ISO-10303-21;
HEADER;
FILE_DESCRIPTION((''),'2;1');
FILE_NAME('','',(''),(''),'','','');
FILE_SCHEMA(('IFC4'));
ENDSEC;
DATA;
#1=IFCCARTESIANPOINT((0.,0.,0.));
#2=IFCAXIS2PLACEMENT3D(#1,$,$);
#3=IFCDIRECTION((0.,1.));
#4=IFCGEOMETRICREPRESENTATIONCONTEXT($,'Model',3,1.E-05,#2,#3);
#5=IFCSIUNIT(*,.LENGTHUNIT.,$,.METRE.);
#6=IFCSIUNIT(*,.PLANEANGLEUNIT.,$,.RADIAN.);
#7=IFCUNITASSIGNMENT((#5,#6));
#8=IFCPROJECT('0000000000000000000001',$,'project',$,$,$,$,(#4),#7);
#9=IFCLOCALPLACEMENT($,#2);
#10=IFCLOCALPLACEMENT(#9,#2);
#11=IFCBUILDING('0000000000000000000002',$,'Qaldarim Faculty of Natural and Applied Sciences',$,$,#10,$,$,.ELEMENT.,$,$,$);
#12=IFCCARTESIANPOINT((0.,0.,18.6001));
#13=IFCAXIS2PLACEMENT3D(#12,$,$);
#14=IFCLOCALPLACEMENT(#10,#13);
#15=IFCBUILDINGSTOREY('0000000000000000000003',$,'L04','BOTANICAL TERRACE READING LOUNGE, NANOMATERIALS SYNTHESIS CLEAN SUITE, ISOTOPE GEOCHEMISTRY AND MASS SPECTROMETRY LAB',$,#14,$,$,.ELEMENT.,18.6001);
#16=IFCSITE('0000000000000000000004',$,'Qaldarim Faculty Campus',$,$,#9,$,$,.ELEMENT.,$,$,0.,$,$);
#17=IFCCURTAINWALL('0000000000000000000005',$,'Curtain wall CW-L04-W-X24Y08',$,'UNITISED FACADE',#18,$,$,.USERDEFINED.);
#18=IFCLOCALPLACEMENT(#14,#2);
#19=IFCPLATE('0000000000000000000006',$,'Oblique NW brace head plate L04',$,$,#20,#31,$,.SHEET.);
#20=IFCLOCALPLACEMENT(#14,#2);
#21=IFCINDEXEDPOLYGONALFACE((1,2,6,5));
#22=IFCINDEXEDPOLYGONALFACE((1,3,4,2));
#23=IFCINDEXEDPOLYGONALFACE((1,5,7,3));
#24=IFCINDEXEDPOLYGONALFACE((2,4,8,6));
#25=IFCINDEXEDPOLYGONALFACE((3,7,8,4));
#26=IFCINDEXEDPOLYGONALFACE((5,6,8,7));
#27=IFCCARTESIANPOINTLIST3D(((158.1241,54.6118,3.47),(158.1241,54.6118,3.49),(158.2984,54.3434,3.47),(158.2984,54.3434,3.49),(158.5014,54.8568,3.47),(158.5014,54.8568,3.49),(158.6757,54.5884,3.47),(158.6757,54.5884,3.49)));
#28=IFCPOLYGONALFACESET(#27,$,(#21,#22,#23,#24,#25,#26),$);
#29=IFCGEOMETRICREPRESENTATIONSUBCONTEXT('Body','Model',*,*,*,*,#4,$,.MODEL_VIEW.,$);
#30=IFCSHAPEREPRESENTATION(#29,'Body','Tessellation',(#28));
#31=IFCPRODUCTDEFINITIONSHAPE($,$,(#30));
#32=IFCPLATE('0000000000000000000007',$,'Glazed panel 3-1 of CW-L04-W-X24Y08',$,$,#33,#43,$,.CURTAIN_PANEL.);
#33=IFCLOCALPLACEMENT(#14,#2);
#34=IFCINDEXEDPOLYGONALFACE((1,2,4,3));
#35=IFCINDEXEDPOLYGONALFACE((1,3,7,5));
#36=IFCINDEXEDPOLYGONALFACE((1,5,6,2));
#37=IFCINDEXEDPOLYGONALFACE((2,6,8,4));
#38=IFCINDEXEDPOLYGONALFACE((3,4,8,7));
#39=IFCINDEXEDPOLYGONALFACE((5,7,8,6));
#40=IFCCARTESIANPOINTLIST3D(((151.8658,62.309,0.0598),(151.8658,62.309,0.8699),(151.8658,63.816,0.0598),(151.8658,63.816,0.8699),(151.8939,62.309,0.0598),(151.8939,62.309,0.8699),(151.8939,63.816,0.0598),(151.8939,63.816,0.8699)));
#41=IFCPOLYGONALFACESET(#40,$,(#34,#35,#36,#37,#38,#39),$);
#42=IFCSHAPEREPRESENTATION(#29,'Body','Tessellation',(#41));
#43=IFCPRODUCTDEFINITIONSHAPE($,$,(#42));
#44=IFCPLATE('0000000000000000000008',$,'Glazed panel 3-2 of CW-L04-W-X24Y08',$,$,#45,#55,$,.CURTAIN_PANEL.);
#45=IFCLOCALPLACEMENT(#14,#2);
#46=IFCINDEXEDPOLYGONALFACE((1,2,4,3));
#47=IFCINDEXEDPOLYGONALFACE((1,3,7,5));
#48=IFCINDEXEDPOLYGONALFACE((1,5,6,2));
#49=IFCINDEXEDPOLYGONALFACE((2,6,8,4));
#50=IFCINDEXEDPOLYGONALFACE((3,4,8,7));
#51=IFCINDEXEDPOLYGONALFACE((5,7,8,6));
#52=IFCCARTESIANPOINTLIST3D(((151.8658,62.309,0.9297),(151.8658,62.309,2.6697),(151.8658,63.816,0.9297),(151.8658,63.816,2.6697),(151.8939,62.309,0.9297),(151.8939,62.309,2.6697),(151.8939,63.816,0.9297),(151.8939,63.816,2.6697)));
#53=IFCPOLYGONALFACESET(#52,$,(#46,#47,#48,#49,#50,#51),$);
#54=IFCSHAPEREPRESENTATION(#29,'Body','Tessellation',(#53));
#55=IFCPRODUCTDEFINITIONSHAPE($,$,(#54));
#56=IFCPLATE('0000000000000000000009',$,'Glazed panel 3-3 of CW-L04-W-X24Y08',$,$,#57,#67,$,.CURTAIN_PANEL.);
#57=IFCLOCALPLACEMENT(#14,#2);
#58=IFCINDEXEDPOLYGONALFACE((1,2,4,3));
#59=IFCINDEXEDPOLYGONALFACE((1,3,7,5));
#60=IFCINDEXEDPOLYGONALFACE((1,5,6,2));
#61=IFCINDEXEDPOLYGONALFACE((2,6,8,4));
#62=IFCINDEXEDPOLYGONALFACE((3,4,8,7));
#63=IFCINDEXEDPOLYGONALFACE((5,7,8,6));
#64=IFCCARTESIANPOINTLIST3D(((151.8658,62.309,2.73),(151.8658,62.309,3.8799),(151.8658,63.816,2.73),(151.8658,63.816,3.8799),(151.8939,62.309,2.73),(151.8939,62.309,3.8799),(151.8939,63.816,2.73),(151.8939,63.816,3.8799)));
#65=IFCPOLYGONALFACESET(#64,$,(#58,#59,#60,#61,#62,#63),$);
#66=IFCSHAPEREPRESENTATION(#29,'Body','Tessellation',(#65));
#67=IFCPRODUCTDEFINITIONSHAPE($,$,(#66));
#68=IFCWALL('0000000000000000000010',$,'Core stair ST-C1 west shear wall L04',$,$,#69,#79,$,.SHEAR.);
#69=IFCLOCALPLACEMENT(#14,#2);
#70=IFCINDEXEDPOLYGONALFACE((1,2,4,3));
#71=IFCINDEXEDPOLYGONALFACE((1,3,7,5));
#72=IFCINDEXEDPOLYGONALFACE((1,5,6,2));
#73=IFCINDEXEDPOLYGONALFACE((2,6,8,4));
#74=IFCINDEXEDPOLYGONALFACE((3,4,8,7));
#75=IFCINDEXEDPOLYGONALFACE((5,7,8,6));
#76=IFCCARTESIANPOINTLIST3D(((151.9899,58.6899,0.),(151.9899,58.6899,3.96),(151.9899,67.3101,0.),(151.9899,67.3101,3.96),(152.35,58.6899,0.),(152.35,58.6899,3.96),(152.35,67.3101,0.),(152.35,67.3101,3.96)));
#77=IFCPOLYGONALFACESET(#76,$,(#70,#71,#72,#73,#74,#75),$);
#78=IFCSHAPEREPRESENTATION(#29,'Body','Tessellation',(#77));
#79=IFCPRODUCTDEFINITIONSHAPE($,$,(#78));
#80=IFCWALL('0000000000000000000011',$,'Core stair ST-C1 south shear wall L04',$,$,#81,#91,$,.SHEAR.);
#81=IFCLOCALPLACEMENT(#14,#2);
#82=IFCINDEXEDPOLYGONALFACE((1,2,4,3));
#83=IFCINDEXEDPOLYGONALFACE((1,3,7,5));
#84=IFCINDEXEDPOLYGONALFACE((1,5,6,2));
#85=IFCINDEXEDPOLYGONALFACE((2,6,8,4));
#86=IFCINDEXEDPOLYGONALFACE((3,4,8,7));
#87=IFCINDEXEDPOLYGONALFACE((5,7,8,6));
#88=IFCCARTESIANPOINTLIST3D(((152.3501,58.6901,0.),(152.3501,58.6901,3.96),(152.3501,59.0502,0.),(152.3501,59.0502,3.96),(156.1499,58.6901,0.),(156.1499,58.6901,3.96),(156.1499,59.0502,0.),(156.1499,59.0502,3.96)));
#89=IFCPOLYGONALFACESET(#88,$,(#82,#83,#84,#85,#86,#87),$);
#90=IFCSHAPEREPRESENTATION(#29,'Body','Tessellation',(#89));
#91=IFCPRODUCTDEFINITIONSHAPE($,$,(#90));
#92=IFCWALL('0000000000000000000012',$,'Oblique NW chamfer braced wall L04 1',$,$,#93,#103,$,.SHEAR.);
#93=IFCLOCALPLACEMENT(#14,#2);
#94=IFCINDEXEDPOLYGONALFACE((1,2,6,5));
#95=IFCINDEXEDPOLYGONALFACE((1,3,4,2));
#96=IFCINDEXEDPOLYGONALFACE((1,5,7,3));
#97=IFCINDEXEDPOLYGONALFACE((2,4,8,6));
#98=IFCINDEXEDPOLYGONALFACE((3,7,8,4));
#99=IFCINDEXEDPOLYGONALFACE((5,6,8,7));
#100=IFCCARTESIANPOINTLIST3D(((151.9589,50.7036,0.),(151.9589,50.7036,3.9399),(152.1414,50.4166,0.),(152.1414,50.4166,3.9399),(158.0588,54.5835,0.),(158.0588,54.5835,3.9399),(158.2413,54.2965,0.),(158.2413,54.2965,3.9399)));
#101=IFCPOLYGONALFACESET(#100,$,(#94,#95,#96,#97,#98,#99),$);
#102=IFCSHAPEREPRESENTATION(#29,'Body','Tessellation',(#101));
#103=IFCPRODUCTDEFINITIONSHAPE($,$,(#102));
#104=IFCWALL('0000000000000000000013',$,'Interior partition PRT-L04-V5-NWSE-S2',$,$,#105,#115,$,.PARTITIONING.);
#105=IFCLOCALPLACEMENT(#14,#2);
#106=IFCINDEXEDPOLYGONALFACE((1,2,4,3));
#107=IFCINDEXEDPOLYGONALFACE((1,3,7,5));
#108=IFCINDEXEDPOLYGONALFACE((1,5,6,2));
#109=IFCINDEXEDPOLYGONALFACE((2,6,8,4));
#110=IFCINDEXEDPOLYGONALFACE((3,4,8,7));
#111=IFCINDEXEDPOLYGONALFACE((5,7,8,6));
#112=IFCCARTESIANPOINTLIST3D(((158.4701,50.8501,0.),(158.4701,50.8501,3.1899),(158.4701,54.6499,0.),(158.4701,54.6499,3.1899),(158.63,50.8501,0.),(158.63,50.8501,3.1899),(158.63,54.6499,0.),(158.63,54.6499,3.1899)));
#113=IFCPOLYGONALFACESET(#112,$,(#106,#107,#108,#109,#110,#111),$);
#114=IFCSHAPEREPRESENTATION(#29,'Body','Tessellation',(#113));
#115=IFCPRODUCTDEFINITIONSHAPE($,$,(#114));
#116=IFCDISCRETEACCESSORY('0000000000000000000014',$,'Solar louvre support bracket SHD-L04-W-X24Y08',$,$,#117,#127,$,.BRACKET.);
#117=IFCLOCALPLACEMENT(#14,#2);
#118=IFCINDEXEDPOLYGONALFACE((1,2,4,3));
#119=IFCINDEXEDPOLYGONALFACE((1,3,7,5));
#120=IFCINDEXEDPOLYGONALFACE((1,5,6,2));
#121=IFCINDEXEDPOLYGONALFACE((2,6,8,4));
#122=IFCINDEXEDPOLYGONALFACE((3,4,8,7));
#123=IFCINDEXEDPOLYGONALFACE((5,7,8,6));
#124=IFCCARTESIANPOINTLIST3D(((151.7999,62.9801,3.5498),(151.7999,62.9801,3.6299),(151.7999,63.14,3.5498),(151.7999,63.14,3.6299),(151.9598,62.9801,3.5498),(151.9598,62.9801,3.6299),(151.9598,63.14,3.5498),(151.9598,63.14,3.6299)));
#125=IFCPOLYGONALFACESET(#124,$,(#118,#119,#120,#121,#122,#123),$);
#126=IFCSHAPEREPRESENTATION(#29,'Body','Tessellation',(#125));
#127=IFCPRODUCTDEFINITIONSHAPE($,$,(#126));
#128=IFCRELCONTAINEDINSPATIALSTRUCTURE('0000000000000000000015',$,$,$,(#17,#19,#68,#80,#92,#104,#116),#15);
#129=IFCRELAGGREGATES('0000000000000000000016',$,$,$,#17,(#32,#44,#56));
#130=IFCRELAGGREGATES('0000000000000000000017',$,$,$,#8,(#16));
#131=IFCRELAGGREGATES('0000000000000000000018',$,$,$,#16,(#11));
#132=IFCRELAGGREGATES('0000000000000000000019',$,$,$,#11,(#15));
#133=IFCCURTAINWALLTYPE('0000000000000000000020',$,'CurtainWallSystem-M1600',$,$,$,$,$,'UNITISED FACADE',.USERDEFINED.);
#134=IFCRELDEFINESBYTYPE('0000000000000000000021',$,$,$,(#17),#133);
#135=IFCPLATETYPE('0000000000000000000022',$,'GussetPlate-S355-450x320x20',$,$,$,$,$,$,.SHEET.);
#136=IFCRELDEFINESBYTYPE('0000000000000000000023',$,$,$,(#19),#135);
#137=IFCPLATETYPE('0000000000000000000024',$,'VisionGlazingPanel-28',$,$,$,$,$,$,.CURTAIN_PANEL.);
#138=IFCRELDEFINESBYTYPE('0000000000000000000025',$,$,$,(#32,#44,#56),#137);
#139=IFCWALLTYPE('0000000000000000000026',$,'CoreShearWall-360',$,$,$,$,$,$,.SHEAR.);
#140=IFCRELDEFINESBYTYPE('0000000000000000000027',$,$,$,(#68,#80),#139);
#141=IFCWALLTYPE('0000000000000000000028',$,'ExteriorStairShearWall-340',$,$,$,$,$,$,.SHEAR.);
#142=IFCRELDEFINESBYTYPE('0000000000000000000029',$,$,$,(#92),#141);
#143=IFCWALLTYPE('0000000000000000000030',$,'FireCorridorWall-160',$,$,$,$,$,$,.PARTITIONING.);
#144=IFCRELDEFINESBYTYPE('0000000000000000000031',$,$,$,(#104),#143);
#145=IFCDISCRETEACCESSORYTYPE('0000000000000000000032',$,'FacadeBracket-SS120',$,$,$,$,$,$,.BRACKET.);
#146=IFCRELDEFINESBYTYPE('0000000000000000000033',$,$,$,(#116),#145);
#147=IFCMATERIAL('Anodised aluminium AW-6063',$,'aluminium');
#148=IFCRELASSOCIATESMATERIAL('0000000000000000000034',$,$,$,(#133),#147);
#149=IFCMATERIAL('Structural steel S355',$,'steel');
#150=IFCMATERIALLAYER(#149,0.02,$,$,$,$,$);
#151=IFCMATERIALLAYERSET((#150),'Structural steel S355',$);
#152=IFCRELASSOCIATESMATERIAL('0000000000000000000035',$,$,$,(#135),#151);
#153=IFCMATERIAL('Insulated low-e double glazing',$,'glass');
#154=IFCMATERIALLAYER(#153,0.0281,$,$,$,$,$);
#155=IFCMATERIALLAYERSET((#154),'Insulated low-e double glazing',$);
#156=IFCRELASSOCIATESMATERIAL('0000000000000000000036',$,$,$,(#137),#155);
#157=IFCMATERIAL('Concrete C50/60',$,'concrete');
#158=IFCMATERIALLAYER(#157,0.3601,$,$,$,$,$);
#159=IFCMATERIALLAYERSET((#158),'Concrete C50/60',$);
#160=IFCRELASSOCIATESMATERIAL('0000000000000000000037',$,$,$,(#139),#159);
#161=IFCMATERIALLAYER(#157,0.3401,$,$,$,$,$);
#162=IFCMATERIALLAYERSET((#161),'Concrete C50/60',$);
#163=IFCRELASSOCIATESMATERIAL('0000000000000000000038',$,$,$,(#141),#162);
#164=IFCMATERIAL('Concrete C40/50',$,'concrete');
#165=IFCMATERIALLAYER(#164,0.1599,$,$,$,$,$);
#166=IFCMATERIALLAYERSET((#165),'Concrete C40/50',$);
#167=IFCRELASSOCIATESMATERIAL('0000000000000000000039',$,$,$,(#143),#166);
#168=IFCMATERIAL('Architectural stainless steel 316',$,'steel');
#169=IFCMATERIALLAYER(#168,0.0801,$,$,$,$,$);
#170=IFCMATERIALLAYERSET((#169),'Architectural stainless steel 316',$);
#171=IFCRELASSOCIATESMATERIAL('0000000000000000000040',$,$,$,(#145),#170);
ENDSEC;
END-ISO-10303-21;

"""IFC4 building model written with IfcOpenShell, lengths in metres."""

from ifc_helpers import new_model, si_unit, direction, frame, frame_2d, origin, origin_2d, place, context, subcontext, project, spatial, rectangle, extrude, material, layer, layer_set, type_object, element, aggregate, save


model = new_model("IFC4")

# Units and contexts
model_context = context("Model", 3, precision=1e-05, world=origin(), true_north=direction((0.0, 1.0)))
body_context = subcontext(model_context, "Body", "Model", "MODEL_VIEW")
ifc_project = project(units=[si_unit("LENGTHUNIT", "METRE"), si_unit("PLANEANGLEUNIT", "RADIAN")], contexts=[model_context])

# Site, building, storey
site_placement = place(None, origin())
site = spatial("IfcSite", under=ifc_project, at=site_placement, Name="Qaldarim Faculty Campus", CompositionType="ELEMENT", RefElevation=0.0)
building_placement = place(site_placement, origin())
building = spatial("IfcBuilding", under=site, at=building_placement, Name="Qaldarim Faculty of Natural and Applied Sciences", CompositionType="ELEMENT")
storey_placement = place(building_placement, frame((0.0, 0.0, 18.6001)))
storey = spatial("IfcBuildingStorey", under=building, at=storey_placement, Name="L04", Description="BOTANICAL TERRACE READING LOUNGE, NANOMATERIALS SYNTHESIS CLEAN SUITE, ISOTOPE GEOCHEMISTRY AND MASS SPECTROMETRY LAB", CompositionType="ELEMENT", Elevation=18.6001)

# Shared definitions
ifc_material_1 = material(Name="Concrete C50/60", Category="concrete")

# Shared definitions
ifc_material_2 = material(Name="Concrete C40/50", Category="concrete")

# Curtain wall
ifc_material_3 = material(Name="Anodised aluminium AW-6063", Category="aluminium")
curtain_wall_type = type_object("IfcCurtainWallType", Name="CurtainWallSystem-M1600", ElementType="UNITISED FACADE", PredefinedType="USERDEFINED", material=ifc_material_3)
curtain_wall_placement = place(storey_placement, origin())
curtain_wall = element("IfcCurtainWall", 1, at=curtain_wall_placement, inside=storey, type_object=curtain_wall_type, Name="Curtain wall CW-L04-W-X24Y08", ObjectType="UNITISED FACADE", PredefinedType="USERDEFINED")

# Plates
ifc_material_4 = material(Name="Structural steel S355", Category="steel")
ifc_layer_1 = layer(ifc_material_4, 0.02)
ifc_layer_set_1 = layer_set([ifc_layer_1], Name="Structural steel S355")
plate_type_1 = type_object("IfcPlateType", Name="GussetPlate-S355-450x320x20", PredefinedType="SHEET", material=ifc_layer_set_1)
plate_1_placement = place(storey_placement, frame((158.3999, 54.6001, 3.47), z_axis=(0.0, 0.0, 1.0), x_axis=(0.838671, 0.544639, 0.0)))
element("IfcPlate", 2, at=plate_1_placement, inside=storey, type_object=plate_type_1, Name="Oblique NW brace head plate L04", PredefinedType="SHEET", context=body_context, shape_type="SweptSolid", body=[
    extrude(rectangle(XDim=0.45, YDim=0.3201, at=origin_2d()), origin(), (0.0, 0.0, 1.0), 0.02),
])
ifc_material_5 = material(Name="Insulated low-e double glazing", Category="glass")
ifc_layer_2 = layer(ifc_material_5, 0.0281)
ifc_layer_set_2 = layer_set([ifc_layer_2], Name="Insulated low-e double glazing")
plate_type_2 = type_object("IfcPlateType", Name="VisionGlazingPanel-28", PredefinedType="CURTAIN_PANEL", material=ifc_layer_set_2)
plate_2_placement = place(storey_placement, frame((151.8799, 63.0625, 0.0598), z_axis=(0.0, 0.0, 1.0), x_axis=(0.0, -1.0, 0.0)))
plate_2 = element("IfcPlate", 3, at=plate_2_placement, type_object=plate_type_2, Name="Glazed panel 3-1 of CW-L04-W-X24Y08", PredefinedType="CURTAIN_PANEL", context=body_context, shape_type="SweptSolid", body=[
    extrude(rectangle(XDim=1.5071, YDim=0.0281, at=origin_2d()), origin(), (0.0, 0.0, 1.0), 0.8101),
])
plate_3_placement = place(storey_placement, frame((151.8799, 63.0625, 0.9297), z_axis=(0.0, 0.0, 1.0), x_axis=(0.0, -1.0, 0.0)))
plate_3 = element("IfcPlate", 4, at=plate_3_placement, type_object=plate_type_2, Name="Glazed panel 3-2 of CW-L04-W-X24Y08", PredefinedType="CURTAIN_PANEL", context=body_context, shape_type="SweptSolid", body=[
    extrude(rectangle(XDim=1.5071, YDim=0.0281, at=origin_2d()), origin(), (0.0, 0.0, 1.0), 1.74),
])
plate_4_placement = place(storey_placement, frame((151.8799, 63.0625, 2.73), z_axis=(0.0, 0.0, 1.0), x_axis=(0.0, -1.0, 0.0)))
plate_4 = element("IfcPlate", 5, at=plate_4_placement, type_object=plate_type_2, Name="Glazed panel 3-3 of CW-L04-W-X24Y08", PredefinedType="CURTAIN_PANEL", context=body_context, shape_type="SweptSolid", body=[
    extrude(rectangle(XDim=1.5071, YDim=0.0281, at=origin_2d()), origin(), (0.0, 0.0, 1.0), 1.1499),
])
aggregate(curtain_wall, [plate_2, plate_3, plate_4])

# Wall
ifc_layer_3 = layer(ifc_material_1, 0.3601)
ifc_layer_set_3 = layer_set([ifc_layer_3], Name="Concrete C50/60")
wall_type_1 = type_object("IfcWallType", Name="CoreShearWall-360", PredefinedType="SHEAR", material=ifc_layer_set_3)
wall_1_placement = place(storey_placement, frame((152.1699, 58.6899, 0.0), z_axis=(0.0, 0.0, 1.0), x_axis=(0.0, 1.0, 0.0)))
element("IfcWall", 6, at=wall_1_placement, inside=storey, type_object=wall_type_1, Name="Core stair ST-C1 west shear wall L04", PredefinedType="SHEAR", context=body_context, shape_type="SweptSolid", body=[
    extrude(rectangle(XDim=8.6201, YDim=0.3601, at=frame_2d((4.3101, 0.0))), origin(), (0.0, 0.0, 1.0), 3.96),
])

# Shared definitions
ifc_material_6 = material(Name="Architectural stainless steel 316", Category="steel")

# Walls
wall_2_placement = place(storey_placement, frame((152.3501, 58.8701, 0.0), z_axis=(0.0, 0.0, 1.0), x_axis=(1.0, 0.0, 0.0)))
element("IfcWall", 7, at=wall_2_placement, inside=storey, type_object=wall_type_1, Name="Core stair ST-C1 south shear wall L04", PredefinedType="SHEAR", context=body_context, shape_type="SweptSolid", body=[
    extrude(rectangle(XDim=3.7998, YDim=0.3601, at=frame_2d((1.8999, 0.0))), origin(), (0.0, 0.0, 1.0), 3.96),
])
ifc_layer_4 = layer(ifc_material_1, 0.3401)
ifc_layer_set_4 = layer_set([ifc_layer_4], Name="Concrete C50/60")
wall_type_2 = type_object("IfcWallType", Name="ExteriorStairShearWall-340", PredefinedType="SHEAR", material=ifc_layer_set_4)
wall_3_placement = place(storey_placement, frame((152.05, 50.5601, 0.0), z_axis=(0.0, 0.0, 1.0), x_axis=(0.843777, 0.536694, 0.0)))
element("IfcWall", 8, at=wall_3_placement, inside=storey, type_object=wall_type_2, Name="Oblique NW chamfer braced wall L04 1", PredefinedType="SHEAR", context=body_context, shape_type="SweptSolid", body=[
    extrude(rectangle(XDim=7.2292, YDim=0.3401, at=frame_2d((3.6147, 0.0))), origin(), (0.0, 0.0, 1.0), 3.9399),
])
ifc_layer_5 = layer(ifc_material_2, 0.1599)
ifc_layer_set_5 = layer_set([ifc_layer_5], Name="Concrete C40/50")
wall_type_3 = type_object("IfcWallType", Name="FireCorridorWall-160", PredefinedType="PARTITIONING", material=ifc_layer_set_5)
wall_4_placement = place(storey_placement, frame((158.55, 50.8501, 0.0), z_axis=(0.0, 0.0, 1.0), x_axis=(0.0, 1.0, 0.0)))
element("IfcWall", 9, at=wall_4_placement, inside=storey, type_object=wall_type_3, Name="Interior partition PRT-L04-V5-NWSE-S2", PredefinedType="PARTITIONING", context=body_context, shape_type="SweptSolid", body=[
    extrude(rectangle(XDim=3.7998, YDim=0.1599, at=frame_2d((1.8999, 0.0))), origin(), (0.0, 0.0, 1.0), 3.1899),
])

# Discrete accessory
ifc_layer_6 = layer(ifc_material_6, 0.0801)
ifc_layer_set_6 = layer_set([ifc_layer_6], Name="Architectural stainless steel 316")
discrete_accessory_type = type_object("IfcDiscreteAccessoryType", Name="FacadeBracket-SS120", PredefinedType="BRACKET", material=ifc_layer_set_6)
discrete_accessory_placement = place(storey_placement, frame((151.8799, 63.0601, 3.5498), z_axis=(0.0, 0.0, 1.0), x_axis=(0.0, 1.0, 0.0)))
element("IfcDiscreteAccessory", 10, at=discrete_accessory_placement, inside=storey, type_object=discrete_accessory_type, Name="Solar louvre support bracket SHD-L04-W-X24Y08", PredefinedType="BRACKET", context=body_context, shape_type="SweptSolid", body=[
    extrude(rectangle(XDim=0.1599, YDim=0.1599, at=origin_2d()), origin(), (0.0, 0.0, 1.0), 0.0801),
])

save(model, "model.ifc")
